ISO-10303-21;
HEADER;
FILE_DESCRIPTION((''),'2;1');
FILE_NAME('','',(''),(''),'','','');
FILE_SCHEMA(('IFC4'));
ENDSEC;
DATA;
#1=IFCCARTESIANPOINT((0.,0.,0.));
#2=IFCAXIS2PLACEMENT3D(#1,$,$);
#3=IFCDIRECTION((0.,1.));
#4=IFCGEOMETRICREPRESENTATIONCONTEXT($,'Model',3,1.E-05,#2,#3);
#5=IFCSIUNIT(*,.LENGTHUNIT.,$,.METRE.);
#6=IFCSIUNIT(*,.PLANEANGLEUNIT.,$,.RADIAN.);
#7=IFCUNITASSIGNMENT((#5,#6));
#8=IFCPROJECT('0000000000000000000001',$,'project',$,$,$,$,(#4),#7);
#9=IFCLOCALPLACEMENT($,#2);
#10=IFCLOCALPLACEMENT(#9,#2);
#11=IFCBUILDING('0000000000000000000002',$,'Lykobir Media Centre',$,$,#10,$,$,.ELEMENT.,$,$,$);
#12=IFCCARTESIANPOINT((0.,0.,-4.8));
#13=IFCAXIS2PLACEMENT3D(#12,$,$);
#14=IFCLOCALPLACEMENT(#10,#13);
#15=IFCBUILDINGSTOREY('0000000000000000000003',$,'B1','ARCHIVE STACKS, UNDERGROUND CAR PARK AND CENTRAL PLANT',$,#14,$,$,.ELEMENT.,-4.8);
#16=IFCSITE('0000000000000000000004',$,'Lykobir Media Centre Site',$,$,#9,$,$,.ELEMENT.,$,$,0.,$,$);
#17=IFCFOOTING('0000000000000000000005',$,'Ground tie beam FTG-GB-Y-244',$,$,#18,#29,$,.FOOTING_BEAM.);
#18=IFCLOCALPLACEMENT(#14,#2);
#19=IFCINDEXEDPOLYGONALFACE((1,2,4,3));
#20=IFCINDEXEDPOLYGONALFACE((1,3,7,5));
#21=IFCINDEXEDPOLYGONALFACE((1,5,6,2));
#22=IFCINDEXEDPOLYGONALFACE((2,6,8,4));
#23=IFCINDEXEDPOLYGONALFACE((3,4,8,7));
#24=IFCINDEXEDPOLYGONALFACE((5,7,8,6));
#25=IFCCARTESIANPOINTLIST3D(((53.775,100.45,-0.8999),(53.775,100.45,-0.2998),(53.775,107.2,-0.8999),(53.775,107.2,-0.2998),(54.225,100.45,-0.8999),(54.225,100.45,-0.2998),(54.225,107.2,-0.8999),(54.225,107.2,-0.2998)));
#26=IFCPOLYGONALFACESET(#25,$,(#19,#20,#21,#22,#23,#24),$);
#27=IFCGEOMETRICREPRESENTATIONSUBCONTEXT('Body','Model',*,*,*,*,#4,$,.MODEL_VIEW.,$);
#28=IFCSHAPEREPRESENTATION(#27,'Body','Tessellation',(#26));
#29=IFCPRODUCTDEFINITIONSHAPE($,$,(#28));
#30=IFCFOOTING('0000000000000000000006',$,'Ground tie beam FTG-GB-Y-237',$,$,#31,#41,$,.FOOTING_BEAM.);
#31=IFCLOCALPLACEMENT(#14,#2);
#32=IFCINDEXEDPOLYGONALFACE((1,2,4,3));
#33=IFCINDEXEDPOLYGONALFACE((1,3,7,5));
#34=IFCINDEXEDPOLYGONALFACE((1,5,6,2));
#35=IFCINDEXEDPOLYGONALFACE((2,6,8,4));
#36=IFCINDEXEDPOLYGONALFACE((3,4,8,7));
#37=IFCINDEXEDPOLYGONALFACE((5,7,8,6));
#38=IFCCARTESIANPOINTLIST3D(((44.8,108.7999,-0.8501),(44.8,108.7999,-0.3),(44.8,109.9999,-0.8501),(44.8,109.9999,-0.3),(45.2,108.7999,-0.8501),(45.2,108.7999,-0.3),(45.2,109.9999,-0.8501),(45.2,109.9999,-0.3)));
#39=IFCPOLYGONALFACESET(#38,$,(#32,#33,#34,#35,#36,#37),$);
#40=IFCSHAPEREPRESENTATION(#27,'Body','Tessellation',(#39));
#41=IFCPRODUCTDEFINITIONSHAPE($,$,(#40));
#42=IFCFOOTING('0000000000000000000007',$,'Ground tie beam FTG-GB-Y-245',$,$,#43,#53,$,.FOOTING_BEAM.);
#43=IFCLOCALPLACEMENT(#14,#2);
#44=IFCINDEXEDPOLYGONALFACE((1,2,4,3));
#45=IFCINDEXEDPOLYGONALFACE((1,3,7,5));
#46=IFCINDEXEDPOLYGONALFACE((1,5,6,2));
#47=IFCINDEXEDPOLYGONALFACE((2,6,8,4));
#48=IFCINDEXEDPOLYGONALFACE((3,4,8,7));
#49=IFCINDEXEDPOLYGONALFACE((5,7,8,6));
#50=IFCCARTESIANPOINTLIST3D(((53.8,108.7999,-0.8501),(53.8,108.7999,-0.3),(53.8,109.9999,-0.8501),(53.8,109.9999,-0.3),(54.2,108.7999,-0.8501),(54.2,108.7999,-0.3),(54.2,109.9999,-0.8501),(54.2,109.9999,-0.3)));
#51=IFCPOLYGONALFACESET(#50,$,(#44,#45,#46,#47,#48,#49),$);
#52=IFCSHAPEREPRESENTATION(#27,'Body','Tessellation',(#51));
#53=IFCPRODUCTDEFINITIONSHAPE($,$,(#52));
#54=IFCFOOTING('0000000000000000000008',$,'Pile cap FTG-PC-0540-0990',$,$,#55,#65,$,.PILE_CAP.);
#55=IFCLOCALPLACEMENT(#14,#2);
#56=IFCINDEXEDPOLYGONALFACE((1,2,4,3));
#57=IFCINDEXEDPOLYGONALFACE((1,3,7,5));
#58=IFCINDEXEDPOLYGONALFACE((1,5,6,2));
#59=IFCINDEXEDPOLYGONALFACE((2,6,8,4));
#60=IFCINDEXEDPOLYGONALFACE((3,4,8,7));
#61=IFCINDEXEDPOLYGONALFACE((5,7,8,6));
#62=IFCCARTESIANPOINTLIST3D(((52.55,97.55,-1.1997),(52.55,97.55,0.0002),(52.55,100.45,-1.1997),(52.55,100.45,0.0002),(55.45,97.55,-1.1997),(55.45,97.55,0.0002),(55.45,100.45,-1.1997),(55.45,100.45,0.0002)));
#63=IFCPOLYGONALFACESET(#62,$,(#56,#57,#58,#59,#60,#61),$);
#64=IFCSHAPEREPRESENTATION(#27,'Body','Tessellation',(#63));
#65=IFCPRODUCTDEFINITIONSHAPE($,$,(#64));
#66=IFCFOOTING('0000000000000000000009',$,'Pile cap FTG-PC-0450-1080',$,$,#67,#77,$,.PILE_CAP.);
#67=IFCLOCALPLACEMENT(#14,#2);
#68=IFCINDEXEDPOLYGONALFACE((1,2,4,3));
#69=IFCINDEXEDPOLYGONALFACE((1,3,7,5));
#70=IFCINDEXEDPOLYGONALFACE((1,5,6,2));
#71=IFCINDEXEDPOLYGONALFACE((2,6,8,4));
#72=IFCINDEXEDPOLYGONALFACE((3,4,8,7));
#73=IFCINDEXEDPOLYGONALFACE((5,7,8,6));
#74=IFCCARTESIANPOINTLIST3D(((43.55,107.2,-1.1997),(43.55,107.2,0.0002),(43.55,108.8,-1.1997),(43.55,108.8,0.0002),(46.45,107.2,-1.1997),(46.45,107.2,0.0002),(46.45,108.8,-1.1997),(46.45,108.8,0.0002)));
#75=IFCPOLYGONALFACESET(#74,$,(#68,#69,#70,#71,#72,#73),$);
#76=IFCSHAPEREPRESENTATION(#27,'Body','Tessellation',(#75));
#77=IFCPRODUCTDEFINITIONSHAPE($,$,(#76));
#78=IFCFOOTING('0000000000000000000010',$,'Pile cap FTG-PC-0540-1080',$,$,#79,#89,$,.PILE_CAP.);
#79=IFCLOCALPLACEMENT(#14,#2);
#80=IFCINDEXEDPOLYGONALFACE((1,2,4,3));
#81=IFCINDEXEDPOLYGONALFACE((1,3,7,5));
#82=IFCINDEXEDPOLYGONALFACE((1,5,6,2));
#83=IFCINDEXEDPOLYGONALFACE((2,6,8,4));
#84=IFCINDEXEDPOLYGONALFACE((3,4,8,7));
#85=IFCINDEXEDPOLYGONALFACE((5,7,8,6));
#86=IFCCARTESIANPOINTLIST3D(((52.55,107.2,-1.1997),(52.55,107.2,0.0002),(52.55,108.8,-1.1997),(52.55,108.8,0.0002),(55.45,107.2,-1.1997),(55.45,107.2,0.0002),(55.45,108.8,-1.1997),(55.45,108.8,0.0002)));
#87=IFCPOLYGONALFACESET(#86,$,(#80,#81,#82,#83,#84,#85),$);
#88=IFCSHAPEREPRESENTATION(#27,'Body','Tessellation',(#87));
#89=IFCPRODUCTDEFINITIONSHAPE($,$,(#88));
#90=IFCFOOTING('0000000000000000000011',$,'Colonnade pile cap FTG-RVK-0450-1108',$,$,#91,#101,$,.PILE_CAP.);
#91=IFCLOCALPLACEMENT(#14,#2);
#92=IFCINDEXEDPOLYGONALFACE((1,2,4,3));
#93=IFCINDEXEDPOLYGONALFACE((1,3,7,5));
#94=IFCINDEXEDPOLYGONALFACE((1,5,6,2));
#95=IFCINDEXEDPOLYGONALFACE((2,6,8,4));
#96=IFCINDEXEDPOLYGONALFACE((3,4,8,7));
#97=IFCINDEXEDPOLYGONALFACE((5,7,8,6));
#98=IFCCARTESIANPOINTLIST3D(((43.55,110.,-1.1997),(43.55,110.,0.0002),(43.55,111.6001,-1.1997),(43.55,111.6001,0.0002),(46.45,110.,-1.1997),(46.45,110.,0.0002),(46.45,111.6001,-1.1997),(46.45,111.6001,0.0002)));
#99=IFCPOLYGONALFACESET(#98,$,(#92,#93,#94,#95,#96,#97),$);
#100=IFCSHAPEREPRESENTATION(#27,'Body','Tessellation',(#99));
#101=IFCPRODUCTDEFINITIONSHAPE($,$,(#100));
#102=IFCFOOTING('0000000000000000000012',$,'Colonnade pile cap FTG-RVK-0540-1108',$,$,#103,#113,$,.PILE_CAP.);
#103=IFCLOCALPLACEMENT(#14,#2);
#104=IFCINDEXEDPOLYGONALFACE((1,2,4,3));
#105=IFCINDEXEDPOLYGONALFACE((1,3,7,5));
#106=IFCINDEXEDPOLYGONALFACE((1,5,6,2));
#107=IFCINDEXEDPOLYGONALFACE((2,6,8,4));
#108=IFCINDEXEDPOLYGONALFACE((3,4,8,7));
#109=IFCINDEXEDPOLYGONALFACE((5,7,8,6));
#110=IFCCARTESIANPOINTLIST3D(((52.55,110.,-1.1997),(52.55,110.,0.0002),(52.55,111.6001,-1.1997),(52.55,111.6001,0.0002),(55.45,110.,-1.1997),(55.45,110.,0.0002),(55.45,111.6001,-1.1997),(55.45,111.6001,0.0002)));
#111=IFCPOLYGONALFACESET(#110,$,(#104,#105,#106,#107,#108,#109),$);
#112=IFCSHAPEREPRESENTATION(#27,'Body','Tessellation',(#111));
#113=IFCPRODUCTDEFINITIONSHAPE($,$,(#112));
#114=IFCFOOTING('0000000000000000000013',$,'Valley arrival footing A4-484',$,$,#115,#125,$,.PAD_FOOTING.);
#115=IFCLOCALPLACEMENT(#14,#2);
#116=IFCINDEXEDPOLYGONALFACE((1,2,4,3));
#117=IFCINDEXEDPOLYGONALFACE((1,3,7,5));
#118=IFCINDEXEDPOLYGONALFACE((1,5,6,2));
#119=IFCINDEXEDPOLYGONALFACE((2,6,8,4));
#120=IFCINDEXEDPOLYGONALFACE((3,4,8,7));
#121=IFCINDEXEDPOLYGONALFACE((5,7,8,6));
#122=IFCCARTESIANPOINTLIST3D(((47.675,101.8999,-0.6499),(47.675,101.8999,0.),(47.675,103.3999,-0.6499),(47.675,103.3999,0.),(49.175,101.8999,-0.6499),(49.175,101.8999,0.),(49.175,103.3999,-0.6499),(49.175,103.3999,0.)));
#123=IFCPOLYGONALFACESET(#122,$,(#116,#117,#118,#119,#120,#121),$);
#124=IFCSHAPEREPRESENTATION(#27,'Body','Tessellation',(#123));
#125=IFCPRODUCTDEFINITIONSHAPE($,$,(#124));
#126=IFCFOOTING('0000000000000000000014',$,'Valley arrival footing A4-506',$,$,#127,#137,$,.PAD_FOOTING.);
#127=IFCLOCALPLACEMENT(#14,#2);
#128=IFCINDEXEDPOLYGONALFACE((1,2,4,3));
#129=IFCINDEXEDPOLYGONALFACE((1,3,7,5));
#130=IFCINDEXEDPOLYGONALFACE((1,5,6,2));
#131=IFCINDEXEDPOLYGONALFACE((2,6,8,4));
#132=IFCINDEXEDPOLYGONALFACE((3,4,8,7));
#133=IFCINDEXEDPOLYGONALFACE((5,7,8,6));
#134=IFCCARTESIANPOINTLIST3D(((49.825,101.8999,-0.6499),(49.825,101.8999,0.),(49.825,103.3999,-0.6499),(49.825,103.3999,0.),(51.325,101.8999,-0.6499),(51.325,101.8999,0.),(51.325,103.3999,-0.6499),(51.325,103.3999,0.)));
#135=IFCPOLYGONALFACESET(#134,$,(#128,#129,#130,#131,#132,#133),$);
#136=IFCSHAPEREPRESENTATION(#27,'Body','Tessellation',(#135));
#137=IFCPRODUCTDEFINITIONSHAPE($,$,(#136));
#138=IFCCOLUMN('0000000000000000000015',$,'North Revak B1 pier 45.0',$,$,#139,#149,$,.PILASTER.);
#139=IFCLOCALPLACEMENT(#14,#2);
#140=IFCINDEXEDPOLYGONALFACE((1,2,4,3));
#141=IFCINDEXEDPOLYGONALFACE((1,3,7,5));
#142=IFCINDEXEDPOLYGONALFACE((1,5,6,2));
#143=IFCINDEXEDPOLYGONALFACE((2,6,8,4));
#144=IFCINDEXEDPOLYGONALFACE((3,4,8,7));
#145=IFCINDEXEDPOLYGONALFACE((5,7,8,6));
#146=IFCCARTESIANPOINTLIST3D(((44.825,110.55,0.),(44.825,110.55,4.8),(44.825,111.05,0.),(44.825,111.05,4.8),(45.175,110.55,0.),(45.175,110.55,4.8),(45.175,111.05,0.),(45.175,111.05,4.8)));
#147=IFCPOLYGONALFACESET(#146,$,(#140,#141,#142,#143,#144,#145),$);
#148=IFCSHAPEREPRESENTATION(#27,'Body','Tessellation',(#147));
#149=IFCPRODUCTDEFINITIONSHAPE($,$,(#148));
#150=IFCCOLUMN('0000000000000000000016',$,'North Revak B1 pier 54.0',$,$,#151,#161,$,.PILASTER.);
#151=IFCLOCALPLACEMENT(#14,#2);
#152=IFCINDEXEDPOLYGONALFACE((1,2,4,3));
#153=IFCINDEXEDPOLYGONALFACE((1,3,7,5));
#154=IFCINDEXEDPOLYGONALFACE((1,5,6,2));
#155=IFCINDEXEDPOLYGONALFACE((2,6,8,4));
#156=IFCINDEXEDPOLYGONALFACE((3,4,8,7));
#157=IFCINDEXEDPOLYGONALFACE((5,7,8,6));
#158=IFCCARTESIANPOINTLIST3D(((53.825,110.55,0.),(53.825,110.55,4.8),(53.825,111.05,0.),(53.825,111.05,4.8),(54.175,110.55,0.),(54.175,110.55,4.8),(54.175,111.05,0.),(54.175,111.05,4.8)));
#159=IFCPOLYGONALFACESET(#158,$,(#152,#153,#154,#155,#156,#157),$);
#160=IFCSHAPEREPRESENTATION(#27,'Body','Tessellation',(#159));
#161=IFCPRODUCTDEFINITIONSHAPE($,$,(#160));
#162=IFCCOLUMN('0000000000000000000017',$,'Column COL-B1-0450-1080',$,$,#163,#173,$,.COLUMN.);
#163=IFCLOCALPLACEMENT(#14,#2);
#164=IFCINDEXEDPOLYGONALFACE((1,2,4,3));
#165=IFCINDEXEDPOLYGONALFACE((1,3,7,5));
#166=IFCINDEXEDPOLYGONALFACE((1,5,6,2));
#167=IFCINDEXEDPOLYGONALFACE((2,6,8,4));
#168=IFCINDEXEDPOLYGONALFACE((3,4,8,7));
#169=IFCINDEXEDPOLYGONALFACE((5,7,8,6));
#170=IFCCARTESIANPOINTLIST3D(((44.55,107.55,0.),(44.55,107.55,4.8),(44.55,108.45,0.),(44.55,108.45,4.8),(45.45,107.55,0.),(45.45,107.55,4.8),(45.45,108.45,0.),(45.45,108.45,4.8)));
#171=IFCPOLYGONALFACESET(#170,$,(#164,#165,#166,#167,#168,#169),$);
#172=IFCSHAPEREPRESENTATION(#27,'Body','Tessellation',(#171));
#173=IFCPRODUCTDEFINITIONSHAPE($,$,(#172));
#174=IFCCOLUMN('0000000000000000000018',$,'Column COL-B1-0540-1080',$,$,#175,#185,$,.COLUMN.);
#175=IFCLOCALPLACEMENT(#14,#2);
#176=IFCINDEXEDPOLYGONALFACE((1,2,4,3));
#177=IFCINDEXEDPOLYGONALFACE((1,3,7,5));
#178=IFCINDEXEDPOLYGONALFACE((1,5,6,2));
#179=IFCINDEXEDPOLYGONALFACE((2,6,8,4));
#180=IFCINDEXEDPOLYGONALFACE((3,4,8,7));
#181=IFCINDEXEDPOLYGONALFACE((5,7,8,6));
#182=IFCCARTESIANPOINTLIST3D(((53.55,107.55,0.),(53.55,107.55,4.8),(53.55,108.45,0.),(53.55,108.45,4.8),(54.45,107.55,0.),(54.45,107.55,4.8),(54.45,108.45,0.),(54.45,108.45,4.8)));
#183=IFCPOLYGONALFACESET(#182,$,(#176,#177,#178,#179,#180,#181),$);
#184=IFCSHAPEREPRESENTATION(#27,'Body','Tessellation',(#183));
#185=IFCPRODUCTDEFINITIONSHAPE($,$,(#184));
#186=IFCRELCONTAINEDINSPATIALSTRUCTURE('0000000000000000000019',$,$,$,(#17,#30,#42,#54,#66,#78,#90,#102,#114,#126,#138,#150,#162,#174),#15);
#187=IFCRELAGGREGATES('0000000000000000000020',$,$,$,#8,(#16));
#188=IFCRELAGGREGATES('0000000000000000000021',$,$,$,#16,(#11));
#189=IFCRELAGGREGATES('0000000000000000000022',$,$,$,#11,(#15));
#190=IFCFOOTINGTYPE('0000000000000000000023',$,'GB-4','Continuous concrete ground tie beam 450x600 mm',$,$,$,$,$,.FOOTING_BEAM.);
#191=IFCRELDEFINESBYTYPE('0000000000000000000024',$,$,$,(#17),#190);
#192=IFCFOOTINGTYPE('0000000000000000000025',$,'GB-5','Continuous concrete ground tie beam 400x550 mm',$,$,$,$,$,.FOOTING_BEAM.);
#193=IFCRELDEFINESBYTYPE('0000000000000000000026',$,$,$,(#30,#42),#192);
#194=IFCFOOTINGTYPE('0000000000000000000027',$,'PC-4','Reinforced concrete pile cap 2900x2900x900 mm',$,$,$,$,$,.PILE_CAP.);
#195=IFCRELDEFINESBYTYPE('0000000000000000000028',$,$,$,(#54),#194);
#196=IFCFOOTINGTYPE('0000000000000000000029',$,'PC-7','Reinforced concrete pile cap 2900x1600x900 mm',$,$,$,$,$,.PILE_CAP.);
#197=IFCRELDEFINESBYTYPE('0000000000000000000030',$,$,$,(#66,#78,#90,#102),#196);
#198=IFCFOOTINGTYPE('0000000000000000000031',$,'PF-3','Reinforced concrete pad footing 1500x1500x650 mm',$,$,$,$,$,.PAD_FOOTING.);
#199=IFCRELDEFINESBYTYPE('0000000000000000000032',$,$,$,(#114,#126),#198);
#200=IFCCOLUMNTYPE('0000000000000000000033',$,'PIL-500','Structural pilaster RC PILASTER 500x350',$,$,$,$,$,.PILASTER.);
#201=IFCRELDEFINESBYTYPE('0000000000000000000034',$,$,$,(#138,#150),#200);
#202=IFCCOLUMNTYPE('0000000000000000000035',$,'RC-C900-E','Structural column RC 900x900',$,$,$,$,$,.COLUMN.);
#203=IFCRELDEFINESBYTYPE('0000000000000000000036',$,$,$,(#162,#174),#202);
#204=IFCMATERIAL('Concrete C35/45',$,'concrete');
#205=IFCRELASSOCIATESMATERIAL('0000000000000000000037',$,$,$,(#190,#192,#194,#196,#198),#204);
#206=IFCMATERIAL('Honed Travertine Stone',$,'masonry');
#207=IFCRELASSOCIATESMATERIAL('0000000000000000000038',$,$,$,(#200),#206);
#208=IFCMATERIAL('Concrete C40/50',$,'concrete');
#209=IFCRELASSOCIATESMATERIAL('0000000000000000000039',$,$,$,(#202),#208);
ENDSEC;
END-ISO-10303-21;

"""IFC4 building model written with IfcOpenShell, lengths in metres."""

from ifc_helpers import new_model, si_unit, direction, frame, origin, origin_2d, place, context, subcontext, project, spatial, rectangle, extrude, material, material_profile, profile_set, type_object, element, save


model = new_model("IFC4")

# Units and contexts
model_context = context("Model", 3, precision=1e-05, world=origin(), true_north=direction((0.0, 1.0)))
body_context = subcontext(model_context, "Body", "Model", "MODEL_VIEW")
ifc_project = project(units=[si_unit("LENGTHUNIT", "METRE"), si_unit("PLANEANGLEUNIT", "RADIAN")], contexts=[model_context])

# Site, building, storey
site_placement = place(None, origin())
site = spatial("IfcSite", under=ifc_project, at=site_placement, Name="Lykobir Media Centre Site", CompositionType="ELEMENT", RefElevation=0.0)
building_placement = place(site_placement, origin())
building = spatial("IfcBuilding", under=site, at=building_placement, Name="Lykobir Media Centre", CompositionType="ELEMENT")
storey_placement = place(building_placement, frame((0.0, 0.0, -4.8)))
storey = spatial("IfcBuildingStorey", under=building, at=storey_placement, Name="B1", Description="ARCHIVE STACKS, UNDERGROUND CAR PARK AND CENTRAL PLANT", CompositionType="ELEMENT", Elevation=-4.8)

# Footings
ifc_material_1 = material(Name="Concrete C35/45", Category="concrete")
footing_type_1 = type_object("IfcFootingType", Name="GB-4", Description="Continuous concrete ground tie beam 450x600 mm", PredefinedType="FOOTING_BEAM", material=ifc_material_1)
for number, where, z_axis, x_axis, name in (
    (1, (54.0, 103.825, -0.8999), (0.0, 0.0, 1.0), (0.0, 1.0, 0.0), "Ground tie beam FTG-GB-Y-244"),
):
    element("IfcFooting", number, at=place(storey_placement, frame(where, z_axis=z_axis, x_axis=x_axis)), inside=storey, type_object=footing_type_1, Name=name, PredefinedType="FOOTING_BEAM", context=body_context, shape_type="SweptSolid", body=[
        extrude(rectangle(XDim=6.75, YDim=0.45, at=origin_2d()), origin(), (0.0, 0.0, 1.0), 0.6001),
    ])
footing_type_2 = type_object("IfcFootingType", Name="GB-5", Description="Continuous concrete ground tie beam 400x550 mm", PredefinedType="FOOTING_BEAM", material=ifc_material_1)
for number, where, z_axis, x_axis, name in (
    (2, (45.0, 109.3999, -0.8501), (0.0, 0.0, 1.0), (0.0, 1.0, 0.0), "Ground tie beam FTG-GB-Y-237"),
    (3, (54.0, 109.3999, -0.8501), (0.0, 0.0, 1.0), (0.0, 1.0, 0.0), "Ground tie beam FTG-GB-Y-245"),
):
    element("IfcFooting", number, at=place(storey_placement, frame(where, z_axis=z_axis, x_axis=x_axis)), inside=storey, type_object=footing_type_2, Name=name, PredefinedType="FOOTING_BEAM", context=body_context, shape_type="SweptSolid", body=[
        extrude(rectangle(XDim=1.2, YDim=0.3999, at=origin_2d()), origin(), (0.0, 0.0, 1.0), 0.55),
    ])
footing_type_3 = type_object("IfcFootingType", Name="PC-4", Description="Reinforced concrete pile cap 2900x2900x900 mm", PredefinedType="PILE_CAP", material=ifc_material_1)
footing_1_placement = place(storey_placement, frame((54.0, 99.0, -1.1997), z_axis=(0.0, 0.0, 1.0), x_axis=(1.0, 0.0, 0.0)))
element("IfcFooting", 4, at=footing_1_placement, inside=storey, type_object=footing_type_3, Name="Pile cap FTG-PC-0540-0990", PredefinedType="PILE_CAP", context=body_context, shape_type="SweptSolid", body=[
    extrude(rectangle(XDim=2.8999, YDim=2.8999, at=origin_2d()), origin(), (0.0, 0.0, 1.0), 1.2),
])
footing_type_4 = type_object("IfcFootingType", Name="PC-7", Description="Reinforced concrete pile cap 2900x1600x900 mm", PredefinedType="PILE_CAP", material=ifc_material_1)
for number, where, z_axis, x_axis, name in (
    (5, (45.0, 108.0, -1.1997), (0.0, 0.0, 1.0), (1.0, 0.0, 0.0), "Pile cap FTG-PC-0450-1080"),
    (6, (54.0, 108.0, -1.1997), (0.0, 0.0, 1.0), (1.0, 0.0, 0.0), "Pile cap FTG-PC-0540-1080"),
    (7, (45.0, 110.8, -1.1997), (0.0, 0.0, 1.0), (1.0, 0.0, 0.0), "Colonnade pile cap FTG-RVK-0450-1108"),
    (8, (54.0, 110.8, -1.1997), (0.0, 0.0, 1.0), (1.0, 0.0, 0.0), "Colonnade pile cap FTG-RVK-0540-1108"),
):
    element("IfcFooting", number, at=place(storey_placement, frame(where, z_axis=z_axis, x_axis=x_axis)), inside=storey, type_object=footing_type_4, Name=name, PredefinedType="PILE_CAP", context=body_context, shape_type="SweptSolid", body=[
        extrude(rectangle(XDim=2.8999, YDim=1.6001, at=origin_2d()), origin(), (0.0, 0.0, 1.0), 1.2),
    ])
footing_type_5 = type_object("IfcFootingType", Name="PF-3", Description="Reinforced concrete pad footing 1500x1500x650 mm", PredefinedType="PAD_FOOTING", material=ifc_material_1)
for number, where, z_axis, x_axis, name in (
    (9, (48.425, 102.6499, -0.6499), (0.0, 0.0, 1.0), (1.0, 0.0, 0.0), "Valley arrival footing A4-484"),
    (10, (50.575, 102.6499, -0.6499), (0.0, 0.0, 1.0), (1.0, 0.0, 0.0), "Valley arrival footing A4-506"),
):
    element("IfcFooting", number, at=place(storey_placement, frame(where, z_axis=z_axis, x_axis=x_axis)), inside=storey, type_object=footing_type_5, Name=name, PredefinedType="PAD_FOOTING", context=body_context, shape_type="SweptSolid", body=[
        extrude(rectangle(XDim=1.5, YDim=1.5, at=origin_2d()), origin(), (0.0, 0.0, 1.0), 0.6499),
    ])

# Columns
ifc_material_2 = material(Name="Honed Travertine Stone", Category="masonry")
ifc_material_profile_1 = material_profile(ifc_material_2, rectangle(XDim=0.3501, YDim=0.5, at=origin_2d()), Name="RC PILASTER 500x350")
ifc_profile_set_1 = profile_set([ifc_material_profile_1], Name="Honed Travertine Stone")
column_type_1 = type_object("IfcColumnType", Name="PIL-500", Description="Structural pilaster RC PILASTER 500x350", PredefinedType="PILASTER", material=ifc_profile_set_1)
for number, where, z_axis, x_axis, name in (
    (11, (45.0, 110.8, 0.0), (0.0, 0.0, 1.0), (1.0, 0.0, 0.0), "North Revak B1 pier 45.0"),
    (12, (54.0, 110.8, 0.0), (0.0, 0.0, 1.0), (1.0, 0.0, 0.0), "North Revak B1 pier 54.0"),
):
    element("IfcColumn", number, at=place(storey_placement, frame(where, z_axis=z_axis, x_axis=x_axis)), inside=storey, type_object=column_type_1, Name=name, PredefinedType="PILASTER", context=body_context, shape_type="SweptSolid", body=[
        extrude(rectangle(XDim=0.3501, YDim=0.5, at=origin_2d()), origin(), (0.0, 0.0, 1.0), 4.8),
    ])
ifc_material_3 = material(Name="Concrete C40/50", Category="concrete")
ifc_material_profile_2 = material_profile(ifc_material_3, rectangle(XDim=0.8999, YDim=0.8999, at=origin_2d()), Name="RC 900x900")
ifc_profile_set_2 = profile_set([ifc_material_profile_2], Name="Concrete C40/50")
column_type_2 = type_object("IfcColumnType", Name="RC-C900-E", Description="Structural column RC 900x900", PredefinedType="COLUMN", material=ifc_profile_set_2)
for number, where, z_axis, x_axis, name in (
    (13, (45.0, 108.0, 0.0), (0.0, 0.0, 1.0), (1.0, 0.0, 0.0), "Column COL-B1-0450-1080"),
    (14, (54.0, 108.0, 0.0), (0.0, 0.0, 1.0), (1.0, 0.0, 0.0), "Column COL-B1-0540-1080"),
):
    element("IfcColumn", number, at=place(storey_placement, frame(where, z_axis=z_axis, x_axis=x_axis)), inside=storey, type_object=column_type_2, Name=name, PredefinedType="COLUMN", context=body_context, shape_type="SweptSolid", body=[
        extrude(rectangle(XDim=0.8999, YDim=0.8999, at=origin_2d()), origin(), (0.0, 0.0, 1.0), 4.8),
    ])

save(model, "model.ifc")
